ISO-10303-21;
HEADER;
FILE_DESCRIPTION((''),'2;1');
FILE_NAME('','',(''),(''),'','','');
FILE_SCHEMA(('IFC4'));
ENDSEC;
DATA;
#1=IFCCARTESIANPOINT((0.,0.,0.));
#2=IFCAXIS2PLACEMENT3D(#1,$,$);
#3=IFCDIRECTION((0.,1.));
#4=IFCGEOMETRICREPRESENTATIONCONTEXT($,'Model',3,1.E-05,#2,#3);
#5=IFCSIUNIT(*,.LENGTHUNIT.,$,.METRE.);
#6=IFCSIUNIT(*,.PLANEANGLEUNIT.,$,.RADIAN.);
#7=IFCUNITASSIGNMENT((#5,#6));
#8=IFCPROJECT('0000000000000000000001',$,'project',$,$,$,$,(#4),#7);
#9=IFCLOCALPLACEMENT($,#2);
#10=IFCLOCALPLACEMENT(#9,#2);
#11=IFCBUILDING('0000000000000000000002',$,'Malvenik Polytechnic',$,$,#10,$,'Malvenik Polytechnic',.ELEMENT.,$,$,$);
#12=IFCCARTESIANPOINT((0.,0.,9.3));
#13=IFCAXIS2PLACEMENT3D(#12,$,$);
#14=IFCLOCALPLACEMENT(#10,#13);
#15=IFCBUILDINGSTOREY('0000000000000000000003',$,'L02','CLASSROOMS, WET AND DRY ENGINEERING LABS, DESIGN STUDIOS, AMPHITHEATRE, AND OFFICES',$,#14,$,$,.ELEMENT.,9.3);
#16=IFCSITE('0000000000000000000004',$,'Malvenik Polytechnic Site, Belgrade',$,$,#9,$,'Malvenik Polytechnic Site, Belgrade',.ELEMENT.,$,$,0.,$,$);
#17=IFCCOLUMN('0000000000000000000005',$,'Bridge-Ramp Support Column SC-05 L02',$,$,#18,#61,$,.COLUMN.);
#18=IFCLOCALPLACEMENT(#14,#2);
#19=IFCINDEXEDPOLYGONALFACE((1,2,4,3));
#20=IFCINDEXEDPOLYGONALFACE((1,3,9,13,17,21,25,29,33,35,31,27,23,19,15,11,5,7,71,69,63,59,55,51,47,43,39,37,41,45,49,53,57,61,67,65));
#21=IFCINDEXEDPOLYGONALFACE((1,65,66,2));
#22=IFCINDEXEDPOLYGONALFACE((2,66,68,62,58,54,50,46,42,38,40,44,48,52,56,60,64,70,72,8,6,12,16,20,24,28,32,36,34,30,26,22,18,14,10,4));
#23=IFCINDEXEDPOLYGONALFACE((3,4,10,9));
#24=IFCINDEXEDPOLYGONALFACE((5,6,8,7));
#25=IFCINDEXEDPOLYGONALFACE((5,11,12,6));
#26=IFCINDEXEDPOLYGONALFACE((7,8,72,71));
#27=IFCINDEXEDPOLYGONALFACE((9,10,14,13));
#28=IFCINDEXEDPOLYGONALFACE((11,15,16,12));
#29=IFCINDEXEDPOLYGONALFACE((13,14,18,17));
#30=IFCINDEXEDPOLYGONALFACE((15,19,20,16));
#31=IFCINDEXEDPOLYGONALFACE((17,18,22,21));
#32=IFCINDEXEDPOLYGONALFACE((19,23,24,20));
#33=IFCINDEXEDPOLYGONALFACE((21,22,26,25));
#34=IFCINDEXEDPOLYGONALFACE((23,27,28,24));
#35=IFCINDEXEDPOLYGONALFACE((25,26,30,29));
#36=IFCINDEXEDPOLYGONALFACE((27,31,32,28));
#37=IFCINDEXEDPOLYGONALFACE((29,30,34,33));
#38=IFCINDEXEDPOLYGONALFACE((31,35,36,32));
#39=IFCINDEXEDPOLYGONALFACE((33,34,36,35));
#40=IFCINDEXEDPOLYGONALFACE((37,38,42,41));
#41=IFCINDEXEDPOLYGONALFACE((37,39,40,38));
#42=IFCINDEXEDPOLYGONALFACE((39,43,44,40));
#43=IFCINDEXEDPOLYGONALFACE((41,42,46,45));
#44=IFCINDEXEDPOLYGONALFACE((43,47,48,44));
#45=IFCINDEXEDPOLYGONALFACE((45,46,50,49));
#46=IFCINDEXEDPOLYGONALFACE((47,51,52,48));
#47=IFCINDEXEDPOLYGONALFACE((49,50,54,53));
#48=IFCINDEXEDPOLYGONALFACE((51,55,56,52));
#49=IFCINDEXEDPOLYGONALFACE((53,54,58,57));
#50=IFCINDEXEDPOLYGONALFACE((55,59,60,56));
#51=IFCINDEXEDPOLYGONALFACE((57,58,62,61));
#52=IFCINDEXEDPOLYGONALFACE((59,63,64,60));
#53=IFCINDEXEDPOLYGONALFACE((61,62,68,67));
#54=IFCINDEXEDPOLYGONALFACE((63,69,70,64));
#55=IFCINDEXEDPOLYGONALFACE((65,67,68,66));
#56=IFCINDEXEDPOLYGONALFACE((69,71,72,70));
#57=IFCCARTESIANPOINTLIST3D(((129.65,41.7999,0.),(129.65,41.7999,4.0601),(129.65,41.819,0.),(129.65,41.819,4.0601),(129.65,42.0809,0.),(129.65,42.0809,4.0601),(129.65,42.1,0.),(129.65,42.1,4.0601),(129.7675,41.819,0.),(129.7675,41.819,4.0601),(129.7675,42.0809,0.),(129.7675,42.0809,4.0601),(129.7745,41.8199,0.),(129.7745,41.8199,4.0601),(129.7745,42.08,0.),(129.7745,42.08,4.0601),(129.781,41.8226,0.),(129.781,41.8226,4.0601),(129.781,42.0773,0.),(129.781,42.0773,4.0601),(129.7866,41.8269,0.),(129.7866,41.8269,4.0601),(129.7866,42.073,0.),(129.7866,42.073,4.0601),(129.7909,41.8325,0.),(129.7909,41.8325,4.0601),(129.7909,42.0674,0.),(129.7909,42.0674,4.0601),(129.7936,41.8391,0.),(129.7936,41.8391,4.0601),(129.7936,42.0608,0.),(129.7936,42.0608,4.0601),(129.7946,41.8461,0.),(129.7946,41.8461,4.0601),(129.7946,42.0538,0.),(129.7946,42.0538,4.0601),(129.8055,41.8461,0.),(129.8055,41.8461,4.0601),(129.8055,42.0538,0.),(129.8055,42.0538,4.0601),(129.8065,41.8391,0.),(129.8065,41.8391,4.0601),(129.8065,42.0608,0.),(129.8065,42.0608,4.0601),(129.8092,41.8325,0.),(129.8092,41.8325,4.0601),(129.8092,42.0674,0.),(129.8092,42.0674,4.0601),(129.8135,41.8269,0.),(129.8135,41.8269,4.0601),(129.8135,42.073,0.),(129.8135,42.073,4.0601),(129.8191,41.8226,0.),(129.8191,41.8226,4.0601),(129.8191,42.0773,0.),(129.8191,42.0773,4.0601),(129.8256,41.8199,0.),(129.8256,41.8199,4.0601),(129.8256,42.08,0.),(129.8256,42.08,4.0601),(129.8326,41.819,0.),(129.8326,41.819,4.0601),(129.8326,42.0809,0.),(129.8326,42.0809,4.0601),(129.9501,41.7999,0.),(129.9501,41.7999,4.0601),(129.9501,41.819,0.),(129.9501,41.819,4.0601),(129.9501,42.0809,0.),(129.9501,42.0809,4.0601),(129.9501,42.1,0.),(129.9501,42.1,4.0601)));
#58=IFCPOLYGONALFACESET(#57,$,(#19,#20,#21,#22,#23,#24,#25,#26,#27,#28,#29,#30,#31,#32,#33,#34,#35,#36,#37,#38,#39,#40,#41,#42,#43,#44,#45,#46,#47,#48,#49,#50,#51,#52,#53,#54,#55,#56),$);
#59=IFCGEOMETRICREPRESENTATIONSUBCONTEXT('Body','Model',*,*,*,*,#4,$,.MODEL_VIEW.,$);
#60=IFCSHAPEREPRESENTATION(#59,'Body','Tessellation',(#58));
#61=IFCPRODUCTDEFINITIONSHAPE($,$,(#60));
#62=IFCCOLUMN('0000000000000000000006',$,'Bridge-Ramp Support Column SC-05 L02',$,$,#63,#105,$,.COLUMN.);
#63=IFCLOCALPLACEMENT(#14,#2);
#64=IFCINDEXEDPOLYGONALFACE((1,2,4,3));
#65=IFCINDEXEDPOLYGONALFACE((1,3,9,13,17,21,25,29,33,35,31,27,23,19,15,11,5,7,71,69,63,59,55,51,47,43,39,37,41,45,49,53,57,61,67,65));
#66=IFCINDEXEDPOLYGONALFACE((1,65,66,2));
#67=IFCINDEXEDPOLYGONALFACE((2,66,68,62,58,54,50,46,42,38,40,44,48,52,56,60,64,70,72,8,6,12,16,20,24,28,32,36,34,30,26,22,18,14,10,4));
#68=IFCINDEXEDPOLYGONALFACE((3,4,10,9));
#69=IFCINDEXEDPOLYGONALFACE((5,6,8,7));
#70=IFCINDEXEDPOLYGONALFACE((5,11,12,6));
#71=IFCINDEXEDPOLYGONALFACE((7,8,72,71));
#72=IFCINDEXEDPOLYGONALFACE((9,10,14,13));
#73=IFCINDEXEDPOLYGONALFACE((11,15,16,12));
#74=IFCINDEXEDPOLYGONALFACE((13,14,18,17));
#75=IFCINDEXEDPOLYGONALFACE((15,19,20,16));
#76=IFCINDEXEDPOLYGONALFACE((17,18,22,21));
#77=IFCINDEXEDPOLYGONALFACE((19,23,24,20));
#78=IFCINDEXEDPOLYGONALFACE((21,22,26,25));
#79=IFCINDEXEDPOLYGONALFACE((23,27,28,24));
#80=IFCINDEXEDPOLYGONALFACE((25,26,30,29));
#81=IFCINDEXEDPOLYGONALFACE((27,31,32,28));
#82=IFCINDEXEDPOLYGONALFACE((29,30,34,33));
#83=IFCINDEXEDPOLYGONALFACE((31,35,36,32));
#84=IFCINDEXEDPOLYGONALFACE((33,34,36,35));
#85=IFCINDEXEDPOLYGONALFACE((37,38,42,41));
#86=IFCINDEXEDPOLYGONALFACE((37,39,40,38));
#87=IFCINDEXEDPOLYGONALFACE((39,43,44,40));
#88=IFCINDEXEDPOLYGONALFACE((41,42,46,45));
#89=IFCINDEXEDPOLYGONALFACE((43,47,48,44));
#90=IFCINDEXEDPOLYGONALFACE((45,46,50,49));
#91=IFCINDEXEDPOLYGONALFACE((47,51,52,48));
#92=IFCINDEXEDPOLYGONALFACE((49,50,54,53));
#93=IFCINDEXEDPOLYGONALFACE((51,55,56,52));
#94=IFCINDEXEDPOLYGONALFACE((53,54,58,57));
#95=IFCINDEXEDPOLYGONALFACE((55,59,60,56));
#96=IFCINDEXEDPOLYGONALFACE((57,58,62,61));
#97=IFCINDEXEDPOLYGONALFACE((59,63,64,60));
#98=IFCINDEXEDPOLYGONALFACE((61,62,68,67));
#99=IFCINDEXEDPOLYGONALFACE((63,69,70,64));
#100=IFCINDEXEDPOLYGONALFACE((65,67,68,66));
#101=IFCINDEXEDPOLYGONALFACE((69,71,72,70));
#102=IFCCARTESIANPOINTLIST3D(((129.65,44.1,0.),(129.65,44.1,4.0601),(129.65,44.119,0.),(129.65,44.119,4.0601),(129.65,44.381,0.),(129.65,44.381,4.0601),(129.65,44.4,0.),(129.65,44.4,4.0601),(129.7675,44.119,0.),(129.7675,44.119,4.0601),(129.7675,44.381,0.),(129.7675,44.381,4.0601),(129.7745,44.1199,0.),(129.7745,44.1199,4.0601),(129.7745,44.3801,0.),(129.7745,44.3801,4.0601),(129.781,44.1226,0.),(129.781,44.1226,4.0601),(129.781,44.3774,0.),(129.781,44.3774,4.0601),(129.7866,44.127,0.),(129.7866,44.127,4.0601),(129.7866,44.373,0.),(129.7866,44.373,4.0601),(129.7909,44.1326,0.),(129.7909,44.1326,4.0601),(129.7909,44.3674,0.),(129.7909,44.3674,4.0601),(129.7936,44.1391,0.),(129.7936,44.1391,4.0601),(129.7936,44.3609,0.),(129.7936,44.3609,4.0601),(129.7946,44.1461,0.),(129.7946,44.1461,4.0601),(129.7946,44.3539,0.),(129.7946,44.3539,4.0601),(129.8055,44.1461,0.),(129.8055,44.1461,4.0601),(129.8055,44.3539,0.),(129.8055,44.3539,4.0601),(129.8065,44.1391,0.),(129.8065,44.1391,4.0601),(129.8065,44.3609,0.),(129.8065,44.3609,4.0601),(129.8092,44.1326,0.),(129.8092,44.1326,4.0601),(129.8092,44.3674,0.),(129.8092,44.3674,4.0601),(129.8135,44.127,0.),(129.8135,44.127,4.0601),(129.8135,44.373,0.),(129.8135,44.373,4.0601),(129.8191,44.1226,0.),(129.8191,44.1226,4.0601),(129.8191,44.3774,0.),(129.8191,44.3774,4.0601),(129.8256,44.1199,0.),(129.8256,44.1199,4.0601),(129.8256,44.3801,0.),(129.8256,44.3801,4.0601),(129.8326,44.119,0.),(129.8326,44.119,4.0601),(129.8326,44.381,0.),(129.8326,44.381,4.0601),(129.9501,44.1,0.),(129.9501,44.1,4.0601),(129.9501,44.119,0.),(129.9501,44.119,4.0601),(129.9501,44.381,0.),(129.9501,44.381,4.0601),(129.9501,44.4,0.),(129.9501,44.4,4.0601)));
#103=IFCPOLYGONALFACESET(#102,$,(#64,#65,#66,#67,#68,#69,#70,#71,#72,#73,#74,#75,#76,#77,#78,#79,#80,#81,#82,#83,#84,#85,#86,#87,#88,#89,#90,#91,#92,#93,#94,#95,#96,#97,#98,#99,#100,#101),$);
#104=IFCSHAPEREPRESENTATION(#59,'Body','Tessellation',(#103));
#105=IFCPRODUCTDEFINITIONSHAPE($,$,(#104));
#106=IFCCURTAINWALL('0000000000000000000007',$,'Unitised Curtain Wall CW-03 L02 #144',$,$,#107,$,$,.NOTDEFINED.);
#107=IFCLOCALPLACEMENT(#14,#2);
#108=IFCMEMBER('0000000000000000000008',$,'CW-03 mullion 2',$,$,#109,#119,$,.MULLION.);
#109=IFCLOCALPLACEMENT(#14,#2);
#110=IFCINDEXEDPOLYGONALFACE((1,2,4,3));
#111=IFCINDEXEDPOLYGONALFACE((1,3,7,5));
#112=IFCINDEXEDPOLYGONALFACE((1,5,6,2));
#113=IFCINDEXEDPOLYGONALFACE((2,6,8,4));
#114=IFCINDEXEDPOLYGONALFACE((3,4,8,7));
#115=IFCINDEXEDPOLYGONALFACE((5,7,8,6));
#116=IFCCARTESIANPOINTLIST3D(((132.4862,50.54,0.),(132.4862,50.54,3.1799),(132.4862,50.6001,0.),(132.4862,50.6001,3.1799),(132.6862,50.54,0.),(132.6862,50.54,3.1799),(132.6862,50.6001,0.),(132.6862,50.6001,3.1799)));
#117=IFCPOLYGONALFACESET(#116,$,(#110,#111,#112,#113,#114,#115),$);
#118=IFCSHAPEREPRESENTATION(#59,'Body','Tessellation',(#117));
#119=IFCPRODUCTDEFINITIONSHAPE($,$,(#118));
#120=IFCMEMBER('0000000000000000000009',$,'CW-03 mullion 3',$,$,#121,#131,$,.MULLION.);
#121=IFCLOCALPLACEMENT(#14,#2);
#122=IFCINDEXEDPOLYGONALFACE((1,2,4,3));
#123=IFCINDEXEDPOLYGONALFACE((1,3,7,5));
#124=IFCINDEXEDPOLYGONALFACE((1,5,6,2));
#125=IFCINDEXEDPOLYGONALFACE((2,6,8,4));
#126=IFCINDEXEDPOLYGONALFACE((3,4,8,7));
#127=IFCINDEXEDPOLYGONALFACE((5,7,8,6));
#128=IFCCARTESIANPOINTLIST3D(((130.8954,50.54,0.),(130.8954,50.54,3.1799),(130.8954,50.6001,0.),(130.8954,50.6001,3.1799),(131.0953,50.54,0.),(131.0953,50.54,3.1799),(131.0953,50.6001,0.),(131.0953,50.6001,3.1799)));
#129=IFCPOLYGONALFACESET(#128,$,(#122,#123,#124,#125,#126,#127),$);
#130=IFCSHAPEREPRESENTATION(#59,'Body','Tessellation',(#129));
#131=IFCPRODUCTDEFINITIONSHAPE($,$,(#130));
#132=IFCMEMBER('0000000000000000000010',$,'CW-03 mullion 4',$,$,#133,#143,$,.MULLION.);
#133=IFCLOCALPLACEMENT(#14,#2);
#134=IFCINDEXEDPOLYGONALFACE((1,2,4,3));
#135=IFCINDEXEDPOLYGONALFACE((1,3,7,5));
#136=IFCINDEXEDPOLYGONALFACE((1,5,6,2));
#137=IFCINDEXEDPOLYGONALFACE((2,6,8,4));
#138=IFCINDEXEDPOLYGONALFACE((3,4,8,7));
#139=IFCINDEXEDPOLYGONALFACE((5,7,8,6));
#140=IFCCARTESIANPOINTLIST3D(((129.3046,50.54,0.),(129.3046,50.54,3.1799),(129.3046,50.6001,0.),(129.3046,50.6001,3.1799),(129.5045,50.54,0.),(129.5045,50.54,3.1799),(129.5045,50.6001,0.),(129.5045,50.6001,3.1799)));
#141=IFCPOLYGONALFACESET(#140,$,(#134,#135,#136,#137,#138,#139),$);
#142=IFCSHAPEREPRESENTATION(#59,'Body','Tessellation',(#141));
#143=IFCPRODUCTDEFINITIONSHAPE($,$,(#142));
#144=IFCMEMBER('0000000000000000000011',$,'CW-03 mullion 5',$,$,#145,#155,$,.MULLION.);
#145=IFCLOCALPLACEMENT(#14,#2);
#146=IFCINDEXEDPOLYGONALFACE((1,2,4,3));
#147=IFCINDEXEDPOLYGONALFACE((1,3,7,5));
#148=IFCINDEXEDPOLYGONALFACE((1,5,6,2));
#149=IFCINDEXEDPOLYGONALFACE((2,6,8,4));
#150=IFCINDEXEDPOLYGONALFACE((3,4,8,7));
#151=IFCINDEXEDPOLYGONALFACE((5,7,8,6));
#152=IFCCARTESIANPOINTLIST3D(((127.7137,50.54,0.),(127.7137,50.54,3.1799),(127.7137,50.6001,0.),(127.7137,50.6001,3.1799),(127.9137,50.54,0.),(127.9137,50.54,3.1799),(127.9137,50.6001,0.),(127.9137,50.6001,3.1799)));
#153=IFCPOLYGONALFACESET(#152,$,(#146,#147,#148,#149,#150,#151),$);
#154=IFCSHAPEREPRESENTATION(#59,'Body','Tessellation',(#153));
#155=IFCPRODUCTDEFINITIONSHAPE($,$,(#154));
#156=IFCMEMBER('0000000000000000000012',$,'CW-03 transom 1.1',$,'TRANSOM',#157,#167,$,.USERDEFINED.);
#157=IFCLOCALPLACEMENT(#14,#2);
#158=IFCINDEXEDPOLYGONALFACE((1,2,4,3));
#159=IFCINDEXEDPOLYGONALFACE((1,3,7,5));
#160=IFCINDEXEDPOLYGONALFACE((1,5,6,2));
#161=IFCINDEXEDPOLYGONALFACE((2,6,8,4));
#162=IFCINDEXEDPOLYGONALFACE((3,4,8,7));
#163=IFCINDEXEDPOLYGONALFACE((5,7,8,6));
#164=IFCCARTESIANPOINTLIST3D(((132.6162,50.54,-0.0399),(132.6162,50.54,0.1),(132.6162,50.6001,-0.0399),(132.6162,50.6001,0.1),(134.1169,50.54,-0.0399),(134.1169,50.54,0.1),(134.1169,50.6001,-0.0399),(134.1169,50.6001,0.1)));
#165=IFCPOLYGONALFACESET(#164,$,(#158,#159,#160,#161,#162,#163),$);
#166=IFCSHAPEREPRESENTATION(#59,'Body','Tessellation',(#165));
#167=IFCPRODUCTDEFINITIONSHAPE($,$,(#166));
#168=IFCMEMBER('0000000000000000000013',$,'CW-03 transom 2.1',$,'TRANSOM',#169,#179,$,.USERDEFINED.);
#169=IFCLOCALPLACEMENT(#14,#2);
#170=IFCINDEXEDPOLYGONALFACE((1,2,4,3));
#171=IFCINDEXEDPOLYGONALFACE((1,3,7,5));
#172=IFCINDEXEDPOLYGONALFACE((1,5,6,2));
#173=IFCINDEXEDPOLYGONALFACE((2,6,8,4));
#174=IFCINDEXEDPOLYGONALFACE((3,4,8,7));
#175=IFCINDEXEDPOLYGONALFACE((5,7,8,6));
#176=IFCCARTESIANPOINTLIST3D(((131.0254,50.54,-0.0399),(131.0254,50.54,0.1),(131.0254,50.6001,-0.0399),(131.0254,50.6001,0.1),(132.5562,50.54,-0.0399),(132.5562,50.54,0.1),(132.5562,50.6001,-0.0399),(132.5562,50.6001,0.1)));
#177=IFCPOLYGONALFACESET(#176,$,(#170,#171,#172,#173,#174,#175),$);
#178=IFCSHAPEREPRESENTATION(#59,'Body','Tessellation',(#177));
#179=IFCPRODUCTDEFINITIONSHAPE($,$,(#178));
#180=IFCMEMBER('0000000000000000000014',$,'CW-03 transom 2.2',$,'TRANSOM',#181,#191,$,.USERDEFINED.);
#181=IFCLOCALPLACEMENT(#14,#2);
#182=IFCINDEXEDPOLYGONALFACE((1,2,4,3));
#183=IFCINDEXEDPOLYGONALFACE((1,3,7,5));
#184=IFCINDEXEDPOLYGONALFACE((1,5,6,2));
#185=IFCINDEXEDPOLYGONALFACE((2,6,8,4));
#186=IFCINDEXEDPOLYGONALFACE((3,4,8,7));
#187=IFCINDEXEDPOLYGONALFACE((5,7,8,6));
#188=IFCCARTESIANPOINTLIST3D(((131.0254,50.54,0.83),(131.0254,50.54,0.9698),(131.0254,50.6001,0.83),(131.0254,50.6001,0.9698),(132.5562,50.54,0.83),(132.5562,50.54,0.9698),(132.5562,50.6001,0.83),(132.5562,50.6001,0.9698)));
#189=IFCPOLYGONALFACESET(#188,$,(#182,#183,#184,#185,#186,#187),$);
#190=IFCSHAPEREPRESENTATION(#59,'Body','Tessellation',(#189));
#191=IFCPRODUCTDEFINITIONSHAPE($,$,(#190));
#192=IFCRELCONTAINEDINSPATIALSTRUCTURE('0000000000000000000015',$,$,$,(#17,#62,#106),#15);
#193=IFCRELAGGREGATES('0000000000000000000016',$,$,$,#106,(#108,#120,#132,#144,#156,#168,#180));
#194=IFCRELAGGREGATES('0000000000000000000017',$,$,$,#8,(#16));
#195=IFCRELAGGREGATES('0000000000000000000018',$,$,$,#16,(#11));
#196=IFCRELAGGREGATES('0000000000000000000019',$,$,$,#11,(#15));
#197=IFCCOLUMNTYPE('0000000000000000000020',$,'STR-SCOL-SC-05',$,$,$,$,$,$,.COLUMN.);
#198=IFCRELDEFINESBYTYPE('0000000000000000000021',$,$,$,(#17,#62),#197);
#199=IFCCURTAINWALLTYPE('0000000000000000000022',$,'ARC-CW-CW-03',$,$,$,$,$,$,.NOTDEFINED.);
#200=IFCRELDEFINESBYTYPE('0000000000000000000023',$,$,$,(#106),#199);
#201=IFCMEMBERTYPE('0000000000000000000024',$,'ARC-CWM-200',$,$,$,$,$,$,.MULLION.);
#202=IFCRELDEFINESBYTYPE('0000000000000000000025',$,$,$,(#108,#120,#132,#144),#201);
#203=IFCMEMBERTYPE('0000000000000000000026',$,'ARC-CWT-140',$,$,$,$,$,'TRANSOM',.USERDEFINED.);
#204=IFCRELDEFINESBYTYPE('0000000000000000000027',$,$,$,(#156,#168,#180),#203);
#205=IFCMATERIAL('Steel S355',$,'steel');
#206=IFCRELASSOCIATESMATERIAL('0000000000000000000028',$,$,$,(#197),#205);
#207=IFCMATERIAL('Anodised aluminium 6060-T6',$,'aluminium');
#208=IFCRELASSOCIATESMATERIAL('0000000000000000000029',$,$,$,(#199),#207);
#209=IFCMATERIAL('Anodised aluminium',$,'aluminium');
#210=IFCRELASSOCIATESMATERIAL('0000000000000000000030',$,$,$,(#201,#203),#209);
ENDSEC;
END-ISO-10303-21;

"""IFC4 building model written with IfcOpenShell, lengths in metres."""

from ifc_helpers import new_model, si_unit, direction, frame, origin, origin_2d, place, context, subcontext, project, spatial, rectangle, i_section, extrude, material, material_profile, profile_set, type_object, element, aggregate, save


model = new_model("IFC4")

# Units and contexts
model_context = context("Model", 3, precision=1e-05, world=origin(), true_north=direction((0.0, 1.0)))
body_context = subcontext(model_context, "Body", "Model", "MODEL_VIEW")
ifc_project = project(units=[si_unit("LENGTHUNIT", "METRE"), si_unit("PLANEANGLEUNIT", "RADIAN")], contexts=[model_context])

# Site, building, storey
site_placement = place(None, origin())
site = spatial("IfcSite", under=ifc_project, at=site_placement, Name="Malvenik Polytechnic Site, Belgrade", LongName="Malvenik Polytechnic Site, Belgrade", CompositionType="ELEMENT", RefElevation=0.0)
building_placement = place(site_placement, origin())
building = spatial("IfcBuilding", under=site, at=building_placement, Name="Malvenik Polytechnic", LongName="Malvenik Polytechnic", CompositionType="ELEMENT")
storey_placement = place(building_placement, frame((0.0, 0.0, 9.3)))
storey = spatial("IfcBuildingStorey", under=building, at=storey_placement, Name="L02", Description="CLASSROOMS, WET AND DRY ENGINEERING LABS, DESIGN STUDIOS, AMPHITHEATRE, AND OFFICES", CompositionType="ELEMENT", Elevation=9.3)

# Columns
ifc_material_1 = material(Name="Steel S355", Category="steel")
ifc_material_profile_1 = material_profile(ifc_material_1, i_section(OverallWidth=0.3, OverallDepth=0.3, WebThickness=0.011, FlangeThickness=0.019, FilletRadius=0.0271, at=origin_2d()), Name="HEB 300")
ifc_profile_set_1 = profile_set([ifc_material_profile_1], Name="Steel S355")
column_type = type_object("IfcColumnType", Name="STR-SCOL-SC-05", PredefinedType="COLUMN", material=ifc_profile_set_1)
for number, where, z_axis, x_axis, name in (
    (1, (129.8, 41.95, 0.0), (0.0, 0.0, 1.0), (1.0, 0.0, 0.0), "Bridge-Ramp Support Column SC-05 L02"),
    (2, (129.8, 44.25, 0.0), (0.0, 0.0, 1.0), (1.0, 0.0, 0.0), "Bridge-Ramp Support Column SC-05 L02"),
):
    element("IfcColumn", number, at=place(storey_placement, frame(where, z_axis=z_axis, x_axis=x_axis)), inside=storey, type_object=column_type, Name=name, PredefinedType="COLUMN", context=body_context, shape_type="SweptSolid", body=[
        extrude(i_section(OverallWidth=0.3, OverallDepth=0.3, WebThickness=0.011, FlangeThickness=0.019, FilletRadius=0.0271, at=origin_2d()), origin(), (0.0, 0.0, 1.0), 4.0601),
    ])

# Curtain wall, members
ifc_material_2 = material(Name="Anodised aluminium 6060-T6", Category="aluminium")
curtain_wall_type = type_object("IfcCurtainWallType", Name="ARC-CW-CW-03", PredefinedType="NOTDEFINED", material=ifc_material_2)
curtain_wall_placement = place(storey_placement, origin())
curtain_wall = element("IfcCurtainWall", 3, at=curtain_wall_placement, inside=storey, type_object=curtain_wall_type, Name="Unitised Curtain Wall CW-03 L02 #144", PredefinedType="NOTDEFINED")
ifc_material_3 = material(Name="Anodised aluminium", Category="aluminium")
ifc_material_profile_2 = material_profile(ifc_material_3, rectangle(XDim=0.0601, YDim=0.2, at=origin_2d()), Name="ALU MULLION 60x200")
ifc_profile_set_2 = profile_set([ifc_material_profile_2], Name="Anodised aluminium")
member_type_1 = type_object("IfcMemberType", Name="ARC-CWM-200", PredefinedType="MULLION", material=ifc_profile_set_2)
member_1_placement = place(storey_placement, frame((132.5862, 50.5701, 0.0), z_axis=(0.0, 0.0, 1.0), x_axis=(0.0, -1.0, 0.0)))
member_1 = element("IfcMember", 4, at=member_1_placement, type_object=member_type_1, Name="CW-03 mullion 2", PredefinedType="MULLION", context=body_context, shape_type="SweptSolid", body=[
    extrude(rectangle(XDim=0.0601, YDim=0.2, at=origin_2d()), origin(), (0.0, 0.0, 1.0), 3.1799),
])
member_2_placement = place(storey_placement, frame((130.9954, 50.5701, 0.0), z_axis=(0.0, 0.0, 1.0), x_axis=(0.0, -1.0, 0.0)))
member_2 = element("IfcMember", 5, at=member_2_placement, type_object=member_type_1, Name="CW-03 mullion 3", PredefinedType="MULLION", context=body_context, shape_type="SweptSolid", body=[
    extrude(rectangle(XDim=0.0601, YDim=0.2, at=origin_2d()), origin(), (0.0, 0.0, 1.0), 3.1799),
])
member_3_placement = place(storey_placement, frame((129.4045, 50.5701, 0.0), z_axis=(0.0, 0.0, 1.0), x_axis=(0.0, -1.0, 0.0)))
member_3 = element("IfcMember", 6, at=member_3_placement, type_object=member_type_1, Name="CW-03 mullion 4", PredefinedType="MULLION", context=body_context, shape_type="SweptSolid", body=[
    extrude(rectangle(XDim=0.0601, YDim=0.2, at=origin_2d()), origin(), (0.0, 0.0, 1.0), 3.1799),
])
member_4_placement = place(storey_placement, frame((127.8137, 50.5701, 0.0), z_axis=(0.0, 0.0, 1.0), x_axis=(0.0, -1.0, 0.0)))
member_4 = element("IfcMember", 7, at=member_4_placement, type_object=member_type_1, Name="CW-03 mullion 5", PredefinedType="MULLION", context=body_context, shape_type="SweptSolid", body=[
    extrude(rectangle(XDim=0.0601, YDim=0.2, at=origin_2d()), origin(), (0.0, 0.0, 1.0), 3.1799),
])
ifc_material_profile_3 = material_profile(ifc_material_3, rectangle(XDim=0.0601, YDim=0.1399, at=origin_2d()), Name="ALU TRANSOM 60x140")
ifc_profile_set_3 = profile_set([ifc_material_profile_3], Name="Anodised aluminium")
member_type_2 = type_object("IfcMemberType", Name="ARC-CWT-140", ElementType="TRANSOM", PredefinedType="USERDEFINED", material=ifc_profile_set_3)
member_5_placement = place(storey_placement, frame((134.1169, 50.5701, 0.03), z_axis=(-1.0, 0.0, 0.0), x_axis=(0.0, -1.0, 0.0)))
member_5 = element("IfcMember", 8, at=member_5_placement, type_object=member_type_2, Name="CW-03 transom 1.1", ObjectType="TRANSOM", PredefinedType="USERDEFINED", context=body_context, shape_type="SweptSolid", body=[
    extrude(rectangle(XDim=0.0601, YDim=0.1399, at=origin_2d()), origin(), (0.0, 0.0, 1.0), 1.5007),
])
member_6_placement = place(storey_placement, frame((132.5562, 50.5701, 0.03), z_axis=(-1.0, 0.0, 0.0), x_axis=(0.0, -1.0, 0.0)))
member_6 = element("IfcMember", 9, at=member_6_placement, type_object=member_type_2, Name="CW-03 transom 2.1", ObjectType="TRANSOM", PredefinedType="USERDEFINED", context=body_context, shape_type="SweptSolid", body=[
    extrude(rectangle(XDim=0.0601, YDim=0.1399, at=origin_2d()), origin(), (0.0, 0.0, 1.0), 1.5308),
])
member_7_placement = place(storey_placement, frame((132.5562, 50.5701, 0.8999), z_axis=(-1.0, 0.0, 0.0), x_axis=(0.0, -1.0, 0.0)))
member_7 = element("IfcMember", 10, at=member_7_placement, type_object=member_type_2, Name="CW-03 transom 2.2", ObjectType="TRANSOM", PredefinedType="USERDEFINED", context=body_context, shape_type="SweptSolid", body=[
    extrude(rectangle(XDim=0.0601, YDim=0.1399, at=origin_2d()), origin(), (0.0, 0.0, 1.0), 1.5308),
])

aggregate(curtain_wall, [member_1, member_2, member_3, member_4, member_5, member_6, member_7])

save(model, "model.ifc")
